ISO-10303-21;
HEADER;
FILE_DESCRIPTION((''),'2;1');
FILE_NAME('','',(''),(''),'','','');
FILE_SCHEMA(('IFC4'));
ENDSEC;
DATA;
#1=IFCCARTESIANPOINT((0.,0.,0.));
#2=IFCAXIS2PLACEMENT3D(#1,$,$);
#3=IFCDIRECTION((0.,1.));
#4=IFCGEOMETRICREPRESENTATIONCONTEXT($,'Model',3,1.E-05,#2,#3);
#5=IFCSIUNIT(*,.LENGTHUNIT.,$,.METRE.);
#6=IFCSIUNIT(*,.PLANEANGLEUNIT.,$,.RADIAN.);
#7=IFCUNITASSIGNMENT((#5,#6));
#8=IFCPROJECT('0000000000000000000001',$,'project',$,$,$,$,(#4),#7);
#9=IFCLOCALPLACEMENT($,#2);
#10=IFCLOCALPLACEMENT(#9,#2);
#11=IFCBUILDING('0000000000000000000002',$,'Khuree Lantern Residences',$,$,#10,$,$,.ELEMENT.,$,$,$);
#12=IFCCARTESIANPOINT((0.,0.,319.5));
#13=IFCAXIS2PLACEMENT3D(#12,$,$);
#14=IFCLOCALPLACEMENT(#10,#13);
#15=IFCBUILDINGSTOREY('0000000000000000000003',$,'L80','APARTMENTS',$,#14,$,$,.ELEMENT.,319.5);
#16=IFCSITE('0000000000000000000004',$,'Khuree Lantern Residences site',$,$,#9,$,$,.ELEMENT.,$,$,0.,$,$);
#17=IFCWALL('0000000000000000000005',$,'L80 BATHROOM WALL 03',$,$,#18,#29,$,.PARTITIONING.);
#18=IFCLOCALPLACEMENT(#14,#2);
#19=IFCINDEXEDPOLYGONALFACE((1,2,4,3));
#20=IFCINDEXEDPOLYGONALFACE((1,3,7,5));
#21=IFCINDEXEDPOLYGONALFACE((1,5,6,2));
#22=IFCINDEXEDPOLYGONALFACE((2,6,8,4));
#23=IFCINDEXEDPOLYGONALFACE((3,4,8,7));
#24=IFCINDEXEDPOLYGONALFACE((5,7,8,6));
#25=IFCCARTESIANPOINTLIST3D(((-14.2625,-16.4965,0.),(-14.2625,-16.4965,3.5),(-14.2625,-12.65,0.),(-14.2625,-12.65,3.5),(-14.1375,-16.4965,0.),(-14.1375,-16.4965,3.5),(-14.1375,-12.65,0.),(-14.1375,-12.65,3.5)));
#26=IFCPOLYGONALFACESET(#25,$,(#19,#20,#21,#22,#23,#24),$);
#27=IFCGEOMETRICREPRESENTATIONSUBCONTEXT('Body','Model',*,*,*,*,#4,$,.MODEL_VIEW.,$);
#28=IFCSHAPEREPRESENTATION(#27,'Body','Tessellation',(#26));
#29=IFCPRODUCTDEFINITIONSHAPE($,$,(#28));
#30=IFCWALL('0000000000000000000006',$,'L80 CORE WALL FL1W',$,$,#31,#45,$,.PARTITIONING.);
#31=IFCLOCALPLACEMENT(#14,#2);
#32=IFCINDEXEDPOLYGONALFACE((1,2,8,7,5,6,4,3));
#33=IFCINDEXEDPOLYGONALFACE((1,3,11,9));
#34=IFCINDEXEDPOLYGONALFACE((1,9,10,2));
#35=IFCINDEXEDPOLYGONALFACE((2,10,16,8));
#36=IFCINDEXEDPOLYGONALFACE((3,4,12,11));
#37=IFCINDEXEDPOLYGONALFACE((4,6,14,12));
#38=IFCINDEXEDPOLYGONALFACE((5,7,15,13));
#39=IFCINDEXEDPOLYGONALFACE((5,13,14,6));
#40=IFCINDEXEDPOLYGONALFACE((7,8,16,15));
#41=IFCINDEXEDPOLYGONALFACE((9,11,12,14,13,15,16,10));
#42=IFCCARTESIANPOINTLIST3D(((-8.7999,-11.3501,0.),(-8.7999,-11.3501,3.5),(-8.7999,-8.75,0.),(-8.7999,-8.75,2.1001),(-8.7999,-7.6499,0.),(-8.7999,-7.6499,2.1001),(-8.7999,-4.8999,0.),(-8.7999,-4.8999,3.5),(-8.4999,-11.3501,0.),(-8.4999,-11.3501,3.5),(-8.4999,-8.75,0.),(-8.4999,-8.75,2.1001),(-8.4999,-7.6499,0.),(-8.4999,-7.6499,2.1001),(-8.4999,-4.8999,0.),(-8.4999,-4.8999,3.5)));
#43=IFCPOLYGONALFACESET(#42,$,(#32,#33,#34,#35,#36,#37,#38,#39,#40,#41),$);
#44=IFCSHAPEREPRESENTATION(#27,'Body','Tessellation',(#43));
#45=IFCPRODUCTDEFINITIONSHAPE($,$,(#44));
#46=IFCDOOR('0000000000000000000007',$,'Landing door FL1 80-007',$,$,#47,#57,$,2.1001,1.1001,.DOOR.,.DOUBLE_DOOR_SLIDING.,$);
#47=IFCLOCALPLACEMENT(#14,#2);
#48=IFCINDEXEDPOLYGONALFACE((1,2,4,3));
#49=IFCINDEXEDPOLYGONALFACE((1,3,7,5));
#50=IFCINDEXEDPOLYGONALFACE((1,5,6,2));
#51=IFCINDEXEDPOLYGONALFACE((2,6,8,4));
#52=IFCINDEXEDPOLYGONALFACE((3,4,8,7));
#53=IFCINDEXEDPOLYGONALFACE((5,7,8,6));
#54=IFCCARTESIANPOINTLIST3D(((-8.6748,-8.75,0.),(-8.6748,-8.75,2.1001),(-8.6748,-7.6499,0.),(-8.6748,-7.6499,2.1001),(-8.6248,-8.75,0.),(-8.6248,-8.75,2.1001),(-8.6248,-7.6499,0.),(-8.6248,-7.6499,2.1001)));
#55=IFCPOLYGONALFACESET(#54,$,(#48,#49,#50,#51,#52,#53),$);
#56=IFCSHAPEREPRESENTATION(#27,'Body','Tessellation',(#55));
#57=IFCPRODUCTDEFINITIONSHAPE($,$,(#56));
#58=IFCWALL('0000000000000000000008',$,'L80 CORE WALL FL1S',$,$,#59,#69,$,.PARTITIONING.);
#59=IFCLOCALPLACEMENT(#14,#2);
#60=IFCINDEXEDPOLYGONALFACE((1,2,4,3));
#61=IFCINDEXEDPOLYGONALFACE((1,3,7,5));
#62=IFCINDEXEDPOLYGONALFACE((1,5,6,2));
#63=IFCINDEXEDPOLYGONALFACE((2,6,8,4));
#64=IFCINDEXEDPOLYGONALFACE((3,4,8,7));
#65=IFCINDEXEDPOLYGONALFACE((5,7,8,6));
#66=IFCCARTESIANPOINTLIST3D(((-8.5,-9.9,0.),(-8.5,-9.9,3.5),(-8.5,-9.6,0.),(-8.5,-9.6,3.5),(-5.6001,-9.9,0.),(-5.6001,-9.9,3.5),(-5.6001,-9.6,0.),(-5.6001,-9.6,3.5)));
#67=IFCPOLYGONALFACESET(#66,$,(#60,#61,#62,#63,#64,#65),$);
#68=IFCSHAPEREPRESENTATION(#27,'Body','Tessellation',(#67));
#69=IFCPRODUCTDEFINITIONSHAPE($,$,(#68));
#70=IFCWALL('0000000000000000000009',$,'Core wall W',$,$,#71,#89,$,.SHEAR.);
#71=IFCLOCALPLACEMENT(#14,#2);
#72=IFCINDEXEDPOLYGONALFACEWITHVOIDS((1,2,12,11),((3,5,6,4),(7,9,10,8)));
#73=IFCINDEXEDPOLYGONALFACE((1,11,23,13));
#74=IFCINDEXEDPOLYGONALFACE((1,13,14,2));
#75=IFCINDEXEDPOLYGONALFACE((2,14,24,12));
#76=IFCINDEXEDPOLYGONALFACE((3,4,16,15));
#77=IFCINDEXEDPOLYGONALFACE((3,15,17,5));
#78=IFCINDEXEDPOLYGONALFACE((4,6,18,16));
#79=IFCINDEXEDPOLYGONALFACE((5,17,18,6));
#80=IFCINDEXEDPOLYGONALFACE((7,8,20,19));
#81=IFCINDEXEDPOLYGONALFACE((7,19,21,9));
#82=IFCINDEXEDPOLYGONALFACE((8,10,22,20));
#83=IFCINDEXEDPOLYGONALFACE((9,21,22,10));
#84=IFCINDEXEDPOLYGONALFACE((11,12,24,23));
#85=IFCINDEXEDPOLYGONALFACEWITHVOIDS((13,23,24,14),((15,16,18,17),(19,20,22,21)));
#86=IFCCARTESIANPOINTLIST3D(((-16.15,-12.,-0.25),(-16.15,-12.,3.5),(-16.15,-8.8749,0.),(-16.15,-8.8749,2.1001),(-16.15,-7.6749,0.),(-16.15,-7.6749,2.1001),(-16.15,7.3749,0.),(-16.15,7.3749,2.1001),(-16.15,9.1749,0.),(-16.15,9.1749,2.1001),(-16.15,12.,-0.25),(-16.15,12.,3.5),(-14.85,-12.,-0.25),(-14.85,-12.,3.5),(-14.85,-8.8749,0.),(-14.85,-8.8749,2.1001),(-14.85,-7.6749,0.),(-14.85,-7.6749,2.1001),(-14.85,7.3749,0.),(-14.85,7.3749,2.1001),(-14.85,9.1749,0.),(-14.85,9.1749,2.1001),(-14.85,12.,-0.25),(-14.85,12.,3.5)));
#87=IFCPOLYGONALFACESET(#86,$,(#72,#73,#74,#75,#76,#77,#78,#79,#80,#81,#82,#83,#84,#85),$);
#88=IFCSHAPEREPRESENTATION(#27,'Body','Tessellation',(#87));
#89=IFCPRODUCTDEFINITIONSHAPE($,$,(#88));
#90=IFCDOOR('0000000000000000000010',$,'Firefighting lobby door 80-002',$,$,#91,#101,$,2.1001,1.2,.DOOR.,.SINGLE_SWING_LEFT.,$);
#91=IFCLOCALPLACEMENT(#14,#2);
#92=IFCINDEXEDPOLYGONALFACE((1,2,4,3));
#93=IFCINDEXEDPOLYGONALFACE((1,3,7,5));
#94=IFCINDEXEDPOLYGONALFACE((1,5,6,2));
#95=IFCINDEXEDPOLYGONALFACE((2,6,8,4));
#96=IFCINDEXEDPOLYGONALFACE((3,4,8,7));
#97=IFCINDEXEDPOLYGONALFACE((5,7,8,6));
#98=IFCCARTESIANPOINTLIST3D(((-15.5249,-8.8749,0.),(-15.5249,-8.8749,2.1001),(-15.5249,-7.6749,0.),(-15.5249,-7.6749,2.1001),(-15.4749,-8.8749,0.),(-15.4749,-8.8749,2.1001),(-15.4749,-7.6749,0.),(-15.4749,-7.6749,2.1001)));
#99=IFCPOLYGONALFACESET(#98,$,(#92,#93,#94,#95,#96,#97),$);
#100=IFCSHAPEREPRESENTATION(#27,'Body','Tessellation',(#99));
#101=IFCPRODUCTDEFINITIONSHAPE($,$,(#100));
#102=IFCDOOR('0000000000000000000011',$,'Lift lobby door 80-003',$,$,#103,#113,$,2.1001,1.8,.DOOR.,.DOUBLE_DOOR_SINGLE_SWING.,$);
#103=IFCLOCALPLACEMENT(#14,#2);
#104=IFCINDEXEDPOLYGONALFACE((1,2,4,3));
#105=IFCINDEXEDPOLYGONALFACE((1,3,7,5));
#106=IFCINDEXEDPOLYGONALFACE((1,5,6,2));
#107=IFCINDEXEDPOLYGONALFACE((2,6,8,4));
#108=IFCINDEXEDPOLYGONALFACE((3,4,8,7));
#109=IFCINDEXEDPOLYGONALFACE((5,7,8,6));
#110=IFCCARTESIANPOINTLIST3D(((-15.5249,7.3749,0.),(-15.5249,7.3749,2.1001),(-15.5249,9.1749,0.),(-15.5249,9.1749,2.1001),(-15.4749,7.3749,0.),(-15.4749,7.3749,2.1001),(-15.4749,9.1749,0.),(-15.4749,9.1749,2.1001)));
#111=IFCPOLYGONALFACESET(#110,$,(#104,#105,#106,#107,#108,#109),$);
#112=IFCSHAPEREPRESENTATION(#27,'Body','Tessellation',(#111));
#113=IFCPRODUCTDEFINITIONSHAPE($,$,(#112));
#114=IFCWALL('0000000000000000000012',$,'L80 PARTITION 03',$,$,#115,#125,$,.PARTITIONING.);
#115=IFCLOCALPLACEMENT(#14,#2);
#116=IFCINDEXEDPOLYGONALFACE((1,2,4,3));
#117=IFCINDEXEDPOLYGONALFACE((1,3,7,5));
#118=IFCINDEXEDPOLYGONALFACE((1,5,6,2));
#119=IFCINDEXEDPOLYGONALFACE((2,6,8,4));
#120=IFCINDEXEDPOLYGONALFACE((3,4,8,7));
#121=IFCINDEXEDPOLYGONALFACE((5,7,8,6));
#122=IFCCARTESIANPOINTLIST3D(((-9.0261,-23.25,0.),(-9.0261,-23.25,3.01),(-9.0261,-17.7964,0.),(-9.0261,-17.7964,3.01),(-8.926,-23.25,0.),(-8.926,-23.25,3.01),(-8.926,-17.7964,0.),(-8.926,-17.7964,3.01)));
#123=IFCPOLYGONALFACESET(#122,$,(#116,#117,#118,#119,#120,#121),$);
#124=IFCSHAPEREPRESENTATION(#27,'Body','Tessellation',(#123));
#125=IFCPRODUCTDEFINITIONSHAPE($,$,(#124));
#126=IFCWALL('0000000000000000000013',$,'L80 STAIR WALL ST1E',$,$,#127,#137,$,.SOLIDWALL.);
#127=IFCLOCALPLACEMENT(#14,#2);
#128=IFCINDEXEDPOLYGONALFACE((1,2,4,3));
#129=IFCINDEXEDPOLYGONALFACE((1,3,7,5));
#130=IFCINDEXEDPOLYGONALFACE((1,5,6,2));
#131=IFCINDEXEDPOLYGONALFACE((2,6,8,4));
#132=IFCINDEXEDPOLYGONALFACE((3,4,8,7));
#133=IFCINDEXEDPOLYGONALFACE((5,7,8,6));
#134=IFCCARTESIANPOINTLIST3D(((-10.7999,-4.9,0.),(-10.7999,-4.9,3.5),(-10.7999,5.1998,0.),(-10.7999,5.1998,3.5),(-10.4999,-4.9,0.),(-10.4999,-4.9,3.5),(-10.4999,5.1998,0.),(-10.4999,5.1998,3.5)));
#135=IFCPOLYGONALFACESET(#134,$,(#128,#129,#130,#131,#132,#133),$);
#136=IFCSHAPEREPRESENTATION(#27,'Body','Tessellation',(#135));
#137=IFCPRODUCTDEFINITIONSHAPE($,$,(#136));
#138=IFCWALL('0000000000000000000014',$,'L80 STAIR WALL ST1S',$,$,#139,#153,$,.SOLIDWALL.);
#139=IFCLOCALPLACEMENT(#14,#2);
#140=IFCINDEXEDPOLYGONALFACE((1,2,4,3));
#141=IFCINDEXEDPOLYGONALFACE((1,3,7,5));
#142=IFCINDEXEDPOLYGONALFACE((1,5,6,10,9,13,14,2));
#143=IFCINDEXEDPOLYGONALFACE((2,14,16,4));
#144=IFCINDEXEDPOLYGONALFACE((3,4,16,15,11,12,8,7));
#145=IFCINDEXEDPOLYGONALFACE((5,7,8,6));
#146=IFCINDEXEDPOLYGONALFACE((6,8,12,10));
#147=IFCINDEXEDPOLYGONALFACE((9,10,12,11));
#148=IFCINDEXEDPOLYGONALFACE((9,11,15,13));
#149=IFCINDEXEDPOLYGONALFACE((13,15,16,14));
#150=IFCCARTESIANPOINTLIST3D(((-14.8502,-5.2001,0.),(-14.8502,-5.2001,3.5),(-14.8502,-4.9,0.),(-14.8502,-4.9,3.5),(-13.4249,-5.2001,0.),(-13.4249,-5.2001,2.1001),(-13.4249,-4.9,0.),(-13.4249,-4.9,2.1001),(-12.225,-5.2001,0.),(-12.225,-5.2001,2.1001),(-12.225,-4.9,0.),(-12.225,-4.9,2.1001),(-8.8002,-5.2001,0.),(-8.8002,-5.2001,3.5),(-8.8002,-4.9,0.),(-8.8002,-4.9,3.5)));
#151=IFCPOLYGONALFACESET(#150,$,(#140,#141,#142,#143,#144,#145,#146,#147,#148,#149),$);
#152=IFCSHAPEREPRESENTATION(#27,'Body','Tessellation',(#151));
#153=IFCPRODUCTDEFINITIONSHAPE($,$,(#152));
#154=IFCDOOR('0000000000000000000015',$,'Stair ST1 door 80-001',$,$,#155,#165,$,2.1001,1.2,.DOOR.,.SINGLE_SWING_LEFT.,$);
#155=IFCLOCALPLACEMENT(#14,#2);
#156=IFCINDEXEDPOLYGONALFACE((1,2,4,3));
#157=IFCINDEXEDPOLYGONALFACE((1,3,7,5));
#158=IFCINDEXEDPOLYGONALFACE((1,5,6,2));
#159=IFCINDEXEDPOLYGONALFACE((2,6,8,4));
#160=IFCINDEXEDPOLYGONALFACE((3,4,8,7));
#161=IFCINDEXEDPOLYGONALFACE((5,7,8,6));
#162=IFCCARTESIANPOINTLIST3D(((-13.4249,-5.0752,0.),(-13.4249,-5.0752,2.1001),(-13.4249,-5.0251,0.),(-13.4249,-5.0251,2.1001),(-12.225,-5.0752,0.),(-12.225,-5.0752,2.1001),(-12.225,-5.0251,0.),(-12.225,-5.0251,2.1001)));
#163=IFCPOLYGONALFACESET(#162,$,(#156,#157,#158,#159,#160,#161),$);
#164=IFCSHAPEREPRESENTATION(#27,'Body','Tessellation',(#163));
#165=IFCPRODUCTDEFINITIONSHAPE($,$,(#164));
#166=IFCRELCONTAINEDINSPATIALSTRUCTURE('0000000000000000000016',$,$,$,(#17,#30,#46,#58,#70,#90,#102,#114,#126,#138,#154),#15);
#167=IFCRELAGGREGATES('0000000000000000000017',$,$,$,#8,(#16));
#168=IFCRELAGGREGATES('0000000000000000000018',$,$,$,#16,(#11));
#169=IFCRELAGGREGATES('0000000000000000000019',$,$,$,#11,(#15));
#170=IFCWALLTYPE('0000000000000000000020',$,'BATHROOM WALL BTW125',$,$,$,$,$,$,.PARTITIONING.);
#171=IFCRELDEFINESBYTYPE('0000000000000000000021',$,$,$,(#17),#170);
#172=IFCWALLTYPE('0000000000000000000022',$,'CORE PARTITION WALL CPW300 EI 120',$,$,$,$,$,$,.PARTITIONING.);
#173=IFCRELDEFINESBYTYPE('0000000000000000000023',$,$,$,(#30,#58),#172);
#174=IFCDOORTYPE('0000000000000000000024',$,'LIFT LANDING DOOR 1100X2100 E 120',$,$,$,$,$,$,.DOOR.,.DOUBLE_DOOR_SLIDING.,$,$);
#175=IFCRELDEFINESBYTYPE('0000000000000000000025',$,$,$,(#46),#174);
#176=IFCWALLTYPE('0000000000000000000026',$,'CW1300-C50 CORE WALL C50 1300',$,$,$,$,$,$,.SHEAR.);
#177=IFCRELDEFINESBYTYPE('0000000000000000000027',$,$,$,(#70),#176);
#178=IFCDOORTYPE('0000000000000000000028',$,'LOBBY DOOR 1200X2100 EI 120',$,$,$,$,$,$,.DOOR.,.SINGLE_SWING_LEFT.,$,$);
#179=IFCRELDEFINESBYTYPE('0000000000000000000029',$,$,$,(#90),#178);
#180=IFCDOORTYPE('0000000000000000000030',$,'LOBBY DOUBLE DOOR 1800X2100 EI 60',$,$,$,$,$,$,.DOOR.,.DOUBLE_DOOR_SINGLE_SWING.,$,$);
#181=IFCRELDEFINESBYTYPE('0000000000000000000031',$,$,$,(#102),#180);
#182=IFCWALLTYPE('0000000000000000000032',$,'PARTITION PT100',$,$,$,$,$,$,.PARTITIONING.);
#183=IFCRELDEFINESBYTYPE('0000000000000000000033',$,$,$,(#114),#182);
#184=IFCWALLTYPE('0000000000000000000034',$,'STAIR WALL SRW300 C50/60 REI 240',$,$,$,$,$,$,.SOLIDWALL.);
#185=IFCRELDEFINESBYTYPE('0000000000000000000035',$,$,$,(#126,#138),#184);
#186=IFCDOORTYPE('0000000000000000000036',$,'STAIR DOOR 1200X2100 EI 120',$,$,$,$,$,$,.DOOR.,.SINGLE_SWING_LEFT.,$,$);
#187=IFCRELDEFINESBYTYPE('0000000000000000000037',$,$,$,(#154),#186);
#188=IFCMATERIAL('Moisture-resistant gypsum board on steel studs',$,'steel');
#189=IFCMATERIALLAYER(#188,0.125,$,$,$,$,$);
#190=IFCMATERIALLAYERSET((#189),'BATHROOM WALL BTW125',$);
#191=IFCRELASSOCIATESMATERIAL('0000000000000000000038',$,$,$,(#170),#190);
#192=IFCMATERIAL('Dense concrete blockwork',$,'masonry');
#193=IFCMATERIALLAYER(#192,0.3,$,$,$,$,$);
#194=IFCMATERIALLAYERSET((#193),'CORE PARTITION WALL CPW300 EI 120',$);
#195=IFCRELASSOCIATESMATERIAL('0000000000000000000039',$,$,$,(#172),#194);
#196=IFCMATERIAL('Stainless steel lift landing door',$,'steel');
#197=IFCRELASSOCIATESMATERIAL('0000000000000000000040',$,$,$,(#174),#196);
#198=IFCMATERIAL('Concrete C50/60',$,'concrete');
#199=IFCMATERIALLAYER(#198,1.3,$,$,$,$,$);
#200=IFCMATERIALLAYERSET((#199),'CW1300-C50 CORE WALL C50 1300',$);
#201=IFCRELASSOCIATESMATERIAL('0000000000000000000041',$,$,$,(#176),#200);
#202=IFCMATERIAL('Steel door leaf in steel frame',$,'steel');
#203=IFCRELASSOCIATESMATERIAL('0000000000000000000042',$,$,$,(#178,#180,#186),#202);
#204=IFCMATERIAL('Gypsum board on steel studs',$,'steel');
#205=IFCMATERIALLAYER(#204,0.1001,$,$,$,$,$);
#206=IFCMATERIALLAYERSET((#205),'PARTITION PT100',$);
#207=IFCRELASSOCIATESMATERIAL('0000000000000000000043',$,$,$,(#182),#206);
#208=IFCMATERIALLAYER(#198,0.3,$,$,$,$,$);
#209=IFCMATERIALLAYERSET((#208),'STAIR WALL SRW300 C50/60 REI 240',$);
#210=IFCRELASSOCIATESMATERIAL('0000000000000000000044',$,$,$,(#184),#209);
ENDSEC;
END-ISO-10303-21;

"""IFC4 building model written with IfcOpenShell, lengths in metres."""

from ifc_helpers import new_model, si_unit, direction, frame, frame_2d, origin, place, context, subcontext, project, spatial, rectangle, extrude, material, layer, layer_set, type_object, element, fill, save


model = new_model("IFC4")

# Units and contexts
model_context = context("Model", 3, precision=1e-05, world=origin(), true_north=direction((0.0, 1.0)))
body_context = subcontext(model_context, "Body", "Model", "MODEL_VIEW")
ifc_project = project(units=[si_unit("LENGTHUNIT", "METRE"), si_unit("PLANEANGLEUNIT", "RADIAN")], contexts=[model_context])

# Site, building, storey
site_placement = place(None, origin())
site = spatial("IfcSite", under=ifc_project, at=site_placement, Name="Khuree Lantern Residences site", CompositionType="ELEMENT", RefElevation=0.0)
building_placement = place(site_placement, origin())
building = spatial("IfcBuilding", under=site, at=building_placement, Name="Khuree Lantern Residences", CompositionType="ELEMENT")
storey_placement = place(building_placement, frame((0.0, 0.0, 319.5)))
storey = spatial("IfcBuildingStorey", under=building, at=storey_placement, Name="L80", Description="APARTMENTS", CompositionType="ELEMENT", Elevation=319.5)

# Wall
ifc_material_1 = material(Name="Moisture-resistant gypsum board on steel studs", Category="steel")
ifc_layer_1 = layer(ifc_material_1, 0.125)
ifc_layer_set_1 = layer_set([ifc_layer_1], Name="BATHROOM WALL BTW125")
wall_type_1 = type_object("IfcWallType", Name="BATHROOM WALL BTW125", PredefinedType="PARTITIONING", material=ifc_layer_set_1)
wall_1_placement = place(storey_placement, frame((-14.2, -12.6499, 0.0), z_axis=(0.0, 0.0, 1.0), x_axis=(0.0, -1.0, 0.0)))
element("IfcWall", 1, at=wall_1_placement, inside=storey, type_object=wall_type_1, Name="L80 BATHROOM WALL 03", PredefinedType="PARTITIONING", context=body_context, shape_type="SweptSolid", body=[
    extrude(rectangle(XDim=3.8464, YDim=0.125, at=frame_2d((1.9233, 0.0))), origin(), (0.0, 0.0, 1.0), 3.5),
])

# Wall, opening, door
ifc_material_2 = material(Name="Dense concrete blockwork", Category="masonry")
ifc_layer_2 = layer(ifc_material_2, 0.3)
ifc_layer_set_2 = layer_set([ifc_layer_2], Name="CORE PARTITION WALL CPW300 EI 120")
wall_type_2 = type_object("IfcWallType", Name="CORE PARTITION WALL CPW300 EI 120", PredefinedType="PARTITIONING", material=ifc_layer_set_2)
wall_2_placement = place(storey_placement, frame((-8.6499, -11.3501, 0.0), z_axis=(0.0, 0.0, 1.0), x_axis=(0.0, 1.0, 0.0)))
wall_2 = element("IfcWall", 2, at=wall_2_placement, inside=storey, type_object=wall_type_2, Name="L80 CORE WALL FL1W", PredefinedType="PARTITIONING", context=body_context, shape_type="SweptSolid", body=[
    extrude(rectangle(XDim=6.4502, YDim=0.3, at=frame_2d((3.2251, 0.0))), origin(), (0.0, 0.0, 1.0), 3.5),
])
opening_1_placement = place(wall_2_placement, frame((2.6001, 0.0, 0.0)))
opening_1 = element("IfcOpeningElement", 3, at=opening_1_placement, cuts=wall_2, PredefinedType="OPENING", context=body_context, shape_type="SweptSolid", body=[
    extrude(rectangle(XDim=1.1001, YDim=2.1001, at=frame_2d((0.55, 1.05))), frame((0.0, 0.1602, 0.0), z_axis=(0.0, -1.0, 0.0), x_axis=(1.0, 0.0, 0.0)), (0.0, 0.0, 1.0), 0.3201),
])
ifc_material_3 = material(Name="Stainless steel lift landing door", Category="steel")
door_type_1 = type_object("IfcDoorType", Name="LIFT LANDING DOOR 1100X2100 E 120", OperationType="DOUBLE_DOOR_SLIDING", PredefinedType="DOOR", material=ifc_material_3)
door_1_placement = place(opening_1_placement, origin())
door_1 = element("IfcDoor", 4, at=door_1_placement, inside=storey, type_object=door_type_1, Name="Landing door FL1 80-007", OperationType="DOUBLE_DOOR_SLIDING", OverallHeight=2.1001, OverallWidth=1.1001, PredefinedType="DOOR", context=body_context, shape_type="SweptSolid", body=[
    extrude(rectangle(XDim=1.1001, YDim=2.1001, at=frame_2d((0.55, 1.05))), frame((0.0, 0.0249, 0.0), z_axis=(0.0, -1.0, 0.0), x_axis=(1.0, 0.0, 0.0)), (0.0, 0.0, 1.0), 0.05),
])
fill(opening_1, door_1)

# Wall
wall_3_placement = place(storey_placement, frame((-8.5, -9.75, 0.0), z_axis=(0.0, 0.0, 1.0), x_axis=(1.0, 0.0, 0.0)))
element("IfcWall", 5, at=wall_3_placement, inside=storey, type_object=wall_type_2, Name="L80 CORE WALL FL1S", PredefinedType="PARTITIONING", context=body_context, shape_type="SweptSolid", body=[
    extrude(rectangle(XDim=2.8999, YDim=0.3, at=frame_2d((1.45, 0.0))), origin(), (0.0, 0.0, 1.0), 3.5),
])

# Wall, openings, doors
ifc_material_4 = material(Name="Concrete C50/60", Category="concrete")
ifc_layer_3 = layer(ifc_material_4, 1.3)
ifc_layer_set_3 = layer_set([ifc_layer_3], Name="CW1300-C50 CORE WALL C50 1300")
wall_type_3 = type_object("IfcWallType", Name="CW1300-C50 CORE WALL C50 1300", PredefinedType="SHEAR", material=ifc_layer_set_3)
wall_4_placement = place(storey_placement, frame((-15.5, -12.0, -0.25), z_axis=(0.0, 0.0, 1.0), x_axis=(0.0, 1.0, 0.0)))
wall_4 = element("IfcWall", 6, at=wall_4_placement, inside=storey, type_object=wall_type_3, Name="Core wall W", PredefinedType="SHEAR", context=body_context, shape_type="SweptSolid", body=[
    extrude(rectangle(XDim=24.0, YDim=1.3, at=frame_2d((12.0, 0.0))), origin(), (0.0, 0.0, 1.0), 3.75),
])
opening_2_placement = place(wall_4_placement, frame((3.125, 0.0, 0.25)))
opening_2 = element("IfcOpeningElement", 7, at=opening_2_placement, cuts=wall_4, PredefinedType="OPENING", context=body_context, shape_type="SweptSolid", body=[
    extrude(rectangle(XDim=1.2, YDim=2.1001, at=frame_2d((0.6001, 1.05))), frame((0.0, 0.6602, 0.0), z_axis=(0.0, -1.0, 0.0), x_axis=(1.0, 0.0, 0.0)), (0.0, 0.0, 1.0), 1.3201),
])
opening_3_placement = place(wall_4_placement, frame((19.375, 0.0, 0.25)))
opening_3 = element("IfcOpeningElement", 8, at=opening_3_placement, cuts=wall_4, PredefinedType="OPENING", context=body_context, shape_type="SweptSolid", body=[
    extrude(rectangle(XDim=1.8, YDim=2.1001, at=frame_2d((0.8999, 1.05))), frame((0.0, 0.6602, 0.0), z_axis=(0.0, -1.0, 0.0), x_axis=(1.0, 0.0, 0.0)), (0.0, 0.0, 1.0), 1.3201),
])
ifc_material_5 = material(Name="Steel door leaf in steel frame", Category="steel")
door_type_2 = type_object("IfcDoorType", Name="LOBBY DOOR 1200X2100 EI 120", OperationType="SINGLE_SWING_LEFT", PredefinedType="DOOR", material=ifc_material_5)
door_2_placement = place(opening_2_placement, origin())
door_2 = element("IfcDoor", 9, at=door_2_placement, inside=storey, type_object=door_type_2, Name="Firefighting lobby door 80-002", OperationType="SINGLE_SWING_LEFT", OverallHeight=2.1001, OverallWidth=1.2, PredefinedType="DOOR", context=body_context, shape_type="SweptSolid", body=[
    extrude(rectangle(XDim=1.2, YDim=2.1001, at=frame_2d((0.6001, 1.05))), frame((0.0, 0.0249, 0.0), z_axis=(0.0, -1.0, 0.0), x_axis=(1.0, 0.0, 0.0)), (0.0, 0.0, 1.0), 0.05),
])
fill(opening_2, door_2)
door_type_3 = type_object("IfcDoorType", Name="LOBBY DOUBLE DOOR 1800X2100 EI 60", OperationType="DOUBLE_DOOR_SINGLE_SWING", PredefinedType="DOOR", material=ifc_material_5)
door_3_placement = place(opening_3_placement, origin())
door_3 = element("IfcDoor", 10, at=door_3_placement, inside=storey, type_object=door_type_3, Name="Lift lobby door 80-003", OperationType="DOUBLE_DOOR_SINGLE_SWING", OverallHeight=2.1001, OverallWidth=1.8, PredefinedType="DOOR", context=body_context, shape_type="SweptSolid", body=[
    extrude(rectangle(XDim=1.8, YDim=2.1001, at=frame_2d((0.8999, 1.05))), frame((0.0, 0.0249, 0.0), z_axis=(0.0, -1.0, 0.0), x_axis=(1.0, 0.0, 0.0)), (0.0, 0.0, 1.0), 0.05),
])
fill(opening_3, door_3)

# Walls
ifc_material_6 = material(Name="Gypsum board on steel studs", Category="steel")
ifc_layer_4 = layer(ifc_material_6, 0.1001)
ifc_layer_set_4 = layer_set([ifc_layer_4], Name="PARTITION PT100")
wall_type_4 = type_object("IfcWallType", Name="PARTITION PT100", PredefinedType="PARTITIONING", material=ifc_layer_set_4)
wall_5_placement = place(storey_placement, frame((-8.9761, -17.7964, 0.0), z_axis=(0.0, 0.0, 1.0), x_axis=(0.0, -1.0, 0.0)))
element("IfcWall", 11, at=wall_5_placement, inside=storey, type_object=wall_type_4, Name="L80 PARTITION 03", PredefinedType="PARTITIONING", context=body_context, shape_type="SweptSolid", body=[
    extrude(rectangle(XDim=5.4536, YDim=0.1001, at=frame_2d((2.7268, 0.0))), origin(), (0.0, 0.0, 1.0), 3.01),
])
ifc_layer_5 = layer(ifc_material_4, 0.3)
ifc_layer_set_5 = layer_set([ifc_layer_5], Name="STAIR WALL SRW300 C50/60 REI 240")
wall_type_5 = type_object("IfcWallType", Name="STAIR WALL SRW300 C50/60 REI 240", PredefinedType="SOLIDWALL", material=ifc_layer_set_5)
wall_6_placement = place(storey_placement, frame((-10.6499, -4.8999, 0.0), z_axis=(0.0, 0.0, 1.0), x_axis=(0.0, 1.0, 0.0)))
element("IfcWall", 12, at=wall_6_placement, inside=storey, type_object=wall_type_5, Name="L80 STAIR WALL ST1E", PredefinedType="SOLIDWALL", context=body_context, shape_type="SweptSolid", body=[
    extrude(rectangle(XDim=10.0999, YDim=0.3, at=frame_2d((5.0498, 0.0))), origin(), (0.0, 0.0, 1.0), 3.5),
])

# Wall, opening, door
wall_7_placement = place(storey_placement, frame((-14.8501, -5.05, 0.0), z_axis=(0.0, 0.0, 1.0), x_axis=(1.0, 0.0, 0.0)))
wall_7 = element("IfcWall", 13, at=wall_7_placement, inside=storey, type_object=wall_type_5, Name="L80 STAIR WALL ST1S", PredefinedType="SOLIDWALL", context=body_context, shape_type="SweptSolid", body=[
    extrude(rectangle(XDim=6.05, YDim=0.3, at=frame_2d((3.0249, 0.0))), origin(), (0.0, 0.0, 1.0), 3.5),
])
opening_4_placement = place(wall_7_placement, frame((1.425, 0.0, 0.0)))
opening_4 = element("IfcOpeningElement", 14, at=opening_4_placement, cuts=wall_7, PredefinedType="OPENING", context=body_context, shape_type="SweptSolid", body=[
    extrude(rectangle(XDim=1.2, YDim=2.1001, at=frame_2d((0.6001, 1.05))), frame((0.0, 0.1602, 0.0), z_axis=(0.0, -1.0, 0.0), x_axis=(1.0, 0.0, 0.0)), (0.0, 0.0, 1.0), 0.3201),
])
door_type_4 = type_object("IfcDoorType", Name="STAIR DOOR 1200X2100 EI 120", OperationType="SINGLE_SWING_LEFT", PredefinedType="DOOR", material=ifc_material_5)
door_4_placement = place(opening_4_placement, origin())
door_4 = element("IfcDoor", 15, at=door_4_placement, inside=storey, type_object=door_type_4, Name="Stair ST1 door 80-001", OperationType="SINGLE_SWING_LEFT", OverallHeight=2.1001, OverallWidth=1.2, PredefinedType="DOOR", context=body_context, shape_type="SweptSolid", body=[
    extrude(rectangle(XDim=1.2, YDim=2.1001, at=frame_2d((0.6001, 1.05))), frame((0.0, 0.0249, 0.0), z_axis=(0.0, -1.0, 0.0), x_axis=(1.0, 0.0, 0.0)), (0.0, 0.0, 1.0), 0.05),
])
fill(opening_4, door_4)

save(model, "model.ifc")
